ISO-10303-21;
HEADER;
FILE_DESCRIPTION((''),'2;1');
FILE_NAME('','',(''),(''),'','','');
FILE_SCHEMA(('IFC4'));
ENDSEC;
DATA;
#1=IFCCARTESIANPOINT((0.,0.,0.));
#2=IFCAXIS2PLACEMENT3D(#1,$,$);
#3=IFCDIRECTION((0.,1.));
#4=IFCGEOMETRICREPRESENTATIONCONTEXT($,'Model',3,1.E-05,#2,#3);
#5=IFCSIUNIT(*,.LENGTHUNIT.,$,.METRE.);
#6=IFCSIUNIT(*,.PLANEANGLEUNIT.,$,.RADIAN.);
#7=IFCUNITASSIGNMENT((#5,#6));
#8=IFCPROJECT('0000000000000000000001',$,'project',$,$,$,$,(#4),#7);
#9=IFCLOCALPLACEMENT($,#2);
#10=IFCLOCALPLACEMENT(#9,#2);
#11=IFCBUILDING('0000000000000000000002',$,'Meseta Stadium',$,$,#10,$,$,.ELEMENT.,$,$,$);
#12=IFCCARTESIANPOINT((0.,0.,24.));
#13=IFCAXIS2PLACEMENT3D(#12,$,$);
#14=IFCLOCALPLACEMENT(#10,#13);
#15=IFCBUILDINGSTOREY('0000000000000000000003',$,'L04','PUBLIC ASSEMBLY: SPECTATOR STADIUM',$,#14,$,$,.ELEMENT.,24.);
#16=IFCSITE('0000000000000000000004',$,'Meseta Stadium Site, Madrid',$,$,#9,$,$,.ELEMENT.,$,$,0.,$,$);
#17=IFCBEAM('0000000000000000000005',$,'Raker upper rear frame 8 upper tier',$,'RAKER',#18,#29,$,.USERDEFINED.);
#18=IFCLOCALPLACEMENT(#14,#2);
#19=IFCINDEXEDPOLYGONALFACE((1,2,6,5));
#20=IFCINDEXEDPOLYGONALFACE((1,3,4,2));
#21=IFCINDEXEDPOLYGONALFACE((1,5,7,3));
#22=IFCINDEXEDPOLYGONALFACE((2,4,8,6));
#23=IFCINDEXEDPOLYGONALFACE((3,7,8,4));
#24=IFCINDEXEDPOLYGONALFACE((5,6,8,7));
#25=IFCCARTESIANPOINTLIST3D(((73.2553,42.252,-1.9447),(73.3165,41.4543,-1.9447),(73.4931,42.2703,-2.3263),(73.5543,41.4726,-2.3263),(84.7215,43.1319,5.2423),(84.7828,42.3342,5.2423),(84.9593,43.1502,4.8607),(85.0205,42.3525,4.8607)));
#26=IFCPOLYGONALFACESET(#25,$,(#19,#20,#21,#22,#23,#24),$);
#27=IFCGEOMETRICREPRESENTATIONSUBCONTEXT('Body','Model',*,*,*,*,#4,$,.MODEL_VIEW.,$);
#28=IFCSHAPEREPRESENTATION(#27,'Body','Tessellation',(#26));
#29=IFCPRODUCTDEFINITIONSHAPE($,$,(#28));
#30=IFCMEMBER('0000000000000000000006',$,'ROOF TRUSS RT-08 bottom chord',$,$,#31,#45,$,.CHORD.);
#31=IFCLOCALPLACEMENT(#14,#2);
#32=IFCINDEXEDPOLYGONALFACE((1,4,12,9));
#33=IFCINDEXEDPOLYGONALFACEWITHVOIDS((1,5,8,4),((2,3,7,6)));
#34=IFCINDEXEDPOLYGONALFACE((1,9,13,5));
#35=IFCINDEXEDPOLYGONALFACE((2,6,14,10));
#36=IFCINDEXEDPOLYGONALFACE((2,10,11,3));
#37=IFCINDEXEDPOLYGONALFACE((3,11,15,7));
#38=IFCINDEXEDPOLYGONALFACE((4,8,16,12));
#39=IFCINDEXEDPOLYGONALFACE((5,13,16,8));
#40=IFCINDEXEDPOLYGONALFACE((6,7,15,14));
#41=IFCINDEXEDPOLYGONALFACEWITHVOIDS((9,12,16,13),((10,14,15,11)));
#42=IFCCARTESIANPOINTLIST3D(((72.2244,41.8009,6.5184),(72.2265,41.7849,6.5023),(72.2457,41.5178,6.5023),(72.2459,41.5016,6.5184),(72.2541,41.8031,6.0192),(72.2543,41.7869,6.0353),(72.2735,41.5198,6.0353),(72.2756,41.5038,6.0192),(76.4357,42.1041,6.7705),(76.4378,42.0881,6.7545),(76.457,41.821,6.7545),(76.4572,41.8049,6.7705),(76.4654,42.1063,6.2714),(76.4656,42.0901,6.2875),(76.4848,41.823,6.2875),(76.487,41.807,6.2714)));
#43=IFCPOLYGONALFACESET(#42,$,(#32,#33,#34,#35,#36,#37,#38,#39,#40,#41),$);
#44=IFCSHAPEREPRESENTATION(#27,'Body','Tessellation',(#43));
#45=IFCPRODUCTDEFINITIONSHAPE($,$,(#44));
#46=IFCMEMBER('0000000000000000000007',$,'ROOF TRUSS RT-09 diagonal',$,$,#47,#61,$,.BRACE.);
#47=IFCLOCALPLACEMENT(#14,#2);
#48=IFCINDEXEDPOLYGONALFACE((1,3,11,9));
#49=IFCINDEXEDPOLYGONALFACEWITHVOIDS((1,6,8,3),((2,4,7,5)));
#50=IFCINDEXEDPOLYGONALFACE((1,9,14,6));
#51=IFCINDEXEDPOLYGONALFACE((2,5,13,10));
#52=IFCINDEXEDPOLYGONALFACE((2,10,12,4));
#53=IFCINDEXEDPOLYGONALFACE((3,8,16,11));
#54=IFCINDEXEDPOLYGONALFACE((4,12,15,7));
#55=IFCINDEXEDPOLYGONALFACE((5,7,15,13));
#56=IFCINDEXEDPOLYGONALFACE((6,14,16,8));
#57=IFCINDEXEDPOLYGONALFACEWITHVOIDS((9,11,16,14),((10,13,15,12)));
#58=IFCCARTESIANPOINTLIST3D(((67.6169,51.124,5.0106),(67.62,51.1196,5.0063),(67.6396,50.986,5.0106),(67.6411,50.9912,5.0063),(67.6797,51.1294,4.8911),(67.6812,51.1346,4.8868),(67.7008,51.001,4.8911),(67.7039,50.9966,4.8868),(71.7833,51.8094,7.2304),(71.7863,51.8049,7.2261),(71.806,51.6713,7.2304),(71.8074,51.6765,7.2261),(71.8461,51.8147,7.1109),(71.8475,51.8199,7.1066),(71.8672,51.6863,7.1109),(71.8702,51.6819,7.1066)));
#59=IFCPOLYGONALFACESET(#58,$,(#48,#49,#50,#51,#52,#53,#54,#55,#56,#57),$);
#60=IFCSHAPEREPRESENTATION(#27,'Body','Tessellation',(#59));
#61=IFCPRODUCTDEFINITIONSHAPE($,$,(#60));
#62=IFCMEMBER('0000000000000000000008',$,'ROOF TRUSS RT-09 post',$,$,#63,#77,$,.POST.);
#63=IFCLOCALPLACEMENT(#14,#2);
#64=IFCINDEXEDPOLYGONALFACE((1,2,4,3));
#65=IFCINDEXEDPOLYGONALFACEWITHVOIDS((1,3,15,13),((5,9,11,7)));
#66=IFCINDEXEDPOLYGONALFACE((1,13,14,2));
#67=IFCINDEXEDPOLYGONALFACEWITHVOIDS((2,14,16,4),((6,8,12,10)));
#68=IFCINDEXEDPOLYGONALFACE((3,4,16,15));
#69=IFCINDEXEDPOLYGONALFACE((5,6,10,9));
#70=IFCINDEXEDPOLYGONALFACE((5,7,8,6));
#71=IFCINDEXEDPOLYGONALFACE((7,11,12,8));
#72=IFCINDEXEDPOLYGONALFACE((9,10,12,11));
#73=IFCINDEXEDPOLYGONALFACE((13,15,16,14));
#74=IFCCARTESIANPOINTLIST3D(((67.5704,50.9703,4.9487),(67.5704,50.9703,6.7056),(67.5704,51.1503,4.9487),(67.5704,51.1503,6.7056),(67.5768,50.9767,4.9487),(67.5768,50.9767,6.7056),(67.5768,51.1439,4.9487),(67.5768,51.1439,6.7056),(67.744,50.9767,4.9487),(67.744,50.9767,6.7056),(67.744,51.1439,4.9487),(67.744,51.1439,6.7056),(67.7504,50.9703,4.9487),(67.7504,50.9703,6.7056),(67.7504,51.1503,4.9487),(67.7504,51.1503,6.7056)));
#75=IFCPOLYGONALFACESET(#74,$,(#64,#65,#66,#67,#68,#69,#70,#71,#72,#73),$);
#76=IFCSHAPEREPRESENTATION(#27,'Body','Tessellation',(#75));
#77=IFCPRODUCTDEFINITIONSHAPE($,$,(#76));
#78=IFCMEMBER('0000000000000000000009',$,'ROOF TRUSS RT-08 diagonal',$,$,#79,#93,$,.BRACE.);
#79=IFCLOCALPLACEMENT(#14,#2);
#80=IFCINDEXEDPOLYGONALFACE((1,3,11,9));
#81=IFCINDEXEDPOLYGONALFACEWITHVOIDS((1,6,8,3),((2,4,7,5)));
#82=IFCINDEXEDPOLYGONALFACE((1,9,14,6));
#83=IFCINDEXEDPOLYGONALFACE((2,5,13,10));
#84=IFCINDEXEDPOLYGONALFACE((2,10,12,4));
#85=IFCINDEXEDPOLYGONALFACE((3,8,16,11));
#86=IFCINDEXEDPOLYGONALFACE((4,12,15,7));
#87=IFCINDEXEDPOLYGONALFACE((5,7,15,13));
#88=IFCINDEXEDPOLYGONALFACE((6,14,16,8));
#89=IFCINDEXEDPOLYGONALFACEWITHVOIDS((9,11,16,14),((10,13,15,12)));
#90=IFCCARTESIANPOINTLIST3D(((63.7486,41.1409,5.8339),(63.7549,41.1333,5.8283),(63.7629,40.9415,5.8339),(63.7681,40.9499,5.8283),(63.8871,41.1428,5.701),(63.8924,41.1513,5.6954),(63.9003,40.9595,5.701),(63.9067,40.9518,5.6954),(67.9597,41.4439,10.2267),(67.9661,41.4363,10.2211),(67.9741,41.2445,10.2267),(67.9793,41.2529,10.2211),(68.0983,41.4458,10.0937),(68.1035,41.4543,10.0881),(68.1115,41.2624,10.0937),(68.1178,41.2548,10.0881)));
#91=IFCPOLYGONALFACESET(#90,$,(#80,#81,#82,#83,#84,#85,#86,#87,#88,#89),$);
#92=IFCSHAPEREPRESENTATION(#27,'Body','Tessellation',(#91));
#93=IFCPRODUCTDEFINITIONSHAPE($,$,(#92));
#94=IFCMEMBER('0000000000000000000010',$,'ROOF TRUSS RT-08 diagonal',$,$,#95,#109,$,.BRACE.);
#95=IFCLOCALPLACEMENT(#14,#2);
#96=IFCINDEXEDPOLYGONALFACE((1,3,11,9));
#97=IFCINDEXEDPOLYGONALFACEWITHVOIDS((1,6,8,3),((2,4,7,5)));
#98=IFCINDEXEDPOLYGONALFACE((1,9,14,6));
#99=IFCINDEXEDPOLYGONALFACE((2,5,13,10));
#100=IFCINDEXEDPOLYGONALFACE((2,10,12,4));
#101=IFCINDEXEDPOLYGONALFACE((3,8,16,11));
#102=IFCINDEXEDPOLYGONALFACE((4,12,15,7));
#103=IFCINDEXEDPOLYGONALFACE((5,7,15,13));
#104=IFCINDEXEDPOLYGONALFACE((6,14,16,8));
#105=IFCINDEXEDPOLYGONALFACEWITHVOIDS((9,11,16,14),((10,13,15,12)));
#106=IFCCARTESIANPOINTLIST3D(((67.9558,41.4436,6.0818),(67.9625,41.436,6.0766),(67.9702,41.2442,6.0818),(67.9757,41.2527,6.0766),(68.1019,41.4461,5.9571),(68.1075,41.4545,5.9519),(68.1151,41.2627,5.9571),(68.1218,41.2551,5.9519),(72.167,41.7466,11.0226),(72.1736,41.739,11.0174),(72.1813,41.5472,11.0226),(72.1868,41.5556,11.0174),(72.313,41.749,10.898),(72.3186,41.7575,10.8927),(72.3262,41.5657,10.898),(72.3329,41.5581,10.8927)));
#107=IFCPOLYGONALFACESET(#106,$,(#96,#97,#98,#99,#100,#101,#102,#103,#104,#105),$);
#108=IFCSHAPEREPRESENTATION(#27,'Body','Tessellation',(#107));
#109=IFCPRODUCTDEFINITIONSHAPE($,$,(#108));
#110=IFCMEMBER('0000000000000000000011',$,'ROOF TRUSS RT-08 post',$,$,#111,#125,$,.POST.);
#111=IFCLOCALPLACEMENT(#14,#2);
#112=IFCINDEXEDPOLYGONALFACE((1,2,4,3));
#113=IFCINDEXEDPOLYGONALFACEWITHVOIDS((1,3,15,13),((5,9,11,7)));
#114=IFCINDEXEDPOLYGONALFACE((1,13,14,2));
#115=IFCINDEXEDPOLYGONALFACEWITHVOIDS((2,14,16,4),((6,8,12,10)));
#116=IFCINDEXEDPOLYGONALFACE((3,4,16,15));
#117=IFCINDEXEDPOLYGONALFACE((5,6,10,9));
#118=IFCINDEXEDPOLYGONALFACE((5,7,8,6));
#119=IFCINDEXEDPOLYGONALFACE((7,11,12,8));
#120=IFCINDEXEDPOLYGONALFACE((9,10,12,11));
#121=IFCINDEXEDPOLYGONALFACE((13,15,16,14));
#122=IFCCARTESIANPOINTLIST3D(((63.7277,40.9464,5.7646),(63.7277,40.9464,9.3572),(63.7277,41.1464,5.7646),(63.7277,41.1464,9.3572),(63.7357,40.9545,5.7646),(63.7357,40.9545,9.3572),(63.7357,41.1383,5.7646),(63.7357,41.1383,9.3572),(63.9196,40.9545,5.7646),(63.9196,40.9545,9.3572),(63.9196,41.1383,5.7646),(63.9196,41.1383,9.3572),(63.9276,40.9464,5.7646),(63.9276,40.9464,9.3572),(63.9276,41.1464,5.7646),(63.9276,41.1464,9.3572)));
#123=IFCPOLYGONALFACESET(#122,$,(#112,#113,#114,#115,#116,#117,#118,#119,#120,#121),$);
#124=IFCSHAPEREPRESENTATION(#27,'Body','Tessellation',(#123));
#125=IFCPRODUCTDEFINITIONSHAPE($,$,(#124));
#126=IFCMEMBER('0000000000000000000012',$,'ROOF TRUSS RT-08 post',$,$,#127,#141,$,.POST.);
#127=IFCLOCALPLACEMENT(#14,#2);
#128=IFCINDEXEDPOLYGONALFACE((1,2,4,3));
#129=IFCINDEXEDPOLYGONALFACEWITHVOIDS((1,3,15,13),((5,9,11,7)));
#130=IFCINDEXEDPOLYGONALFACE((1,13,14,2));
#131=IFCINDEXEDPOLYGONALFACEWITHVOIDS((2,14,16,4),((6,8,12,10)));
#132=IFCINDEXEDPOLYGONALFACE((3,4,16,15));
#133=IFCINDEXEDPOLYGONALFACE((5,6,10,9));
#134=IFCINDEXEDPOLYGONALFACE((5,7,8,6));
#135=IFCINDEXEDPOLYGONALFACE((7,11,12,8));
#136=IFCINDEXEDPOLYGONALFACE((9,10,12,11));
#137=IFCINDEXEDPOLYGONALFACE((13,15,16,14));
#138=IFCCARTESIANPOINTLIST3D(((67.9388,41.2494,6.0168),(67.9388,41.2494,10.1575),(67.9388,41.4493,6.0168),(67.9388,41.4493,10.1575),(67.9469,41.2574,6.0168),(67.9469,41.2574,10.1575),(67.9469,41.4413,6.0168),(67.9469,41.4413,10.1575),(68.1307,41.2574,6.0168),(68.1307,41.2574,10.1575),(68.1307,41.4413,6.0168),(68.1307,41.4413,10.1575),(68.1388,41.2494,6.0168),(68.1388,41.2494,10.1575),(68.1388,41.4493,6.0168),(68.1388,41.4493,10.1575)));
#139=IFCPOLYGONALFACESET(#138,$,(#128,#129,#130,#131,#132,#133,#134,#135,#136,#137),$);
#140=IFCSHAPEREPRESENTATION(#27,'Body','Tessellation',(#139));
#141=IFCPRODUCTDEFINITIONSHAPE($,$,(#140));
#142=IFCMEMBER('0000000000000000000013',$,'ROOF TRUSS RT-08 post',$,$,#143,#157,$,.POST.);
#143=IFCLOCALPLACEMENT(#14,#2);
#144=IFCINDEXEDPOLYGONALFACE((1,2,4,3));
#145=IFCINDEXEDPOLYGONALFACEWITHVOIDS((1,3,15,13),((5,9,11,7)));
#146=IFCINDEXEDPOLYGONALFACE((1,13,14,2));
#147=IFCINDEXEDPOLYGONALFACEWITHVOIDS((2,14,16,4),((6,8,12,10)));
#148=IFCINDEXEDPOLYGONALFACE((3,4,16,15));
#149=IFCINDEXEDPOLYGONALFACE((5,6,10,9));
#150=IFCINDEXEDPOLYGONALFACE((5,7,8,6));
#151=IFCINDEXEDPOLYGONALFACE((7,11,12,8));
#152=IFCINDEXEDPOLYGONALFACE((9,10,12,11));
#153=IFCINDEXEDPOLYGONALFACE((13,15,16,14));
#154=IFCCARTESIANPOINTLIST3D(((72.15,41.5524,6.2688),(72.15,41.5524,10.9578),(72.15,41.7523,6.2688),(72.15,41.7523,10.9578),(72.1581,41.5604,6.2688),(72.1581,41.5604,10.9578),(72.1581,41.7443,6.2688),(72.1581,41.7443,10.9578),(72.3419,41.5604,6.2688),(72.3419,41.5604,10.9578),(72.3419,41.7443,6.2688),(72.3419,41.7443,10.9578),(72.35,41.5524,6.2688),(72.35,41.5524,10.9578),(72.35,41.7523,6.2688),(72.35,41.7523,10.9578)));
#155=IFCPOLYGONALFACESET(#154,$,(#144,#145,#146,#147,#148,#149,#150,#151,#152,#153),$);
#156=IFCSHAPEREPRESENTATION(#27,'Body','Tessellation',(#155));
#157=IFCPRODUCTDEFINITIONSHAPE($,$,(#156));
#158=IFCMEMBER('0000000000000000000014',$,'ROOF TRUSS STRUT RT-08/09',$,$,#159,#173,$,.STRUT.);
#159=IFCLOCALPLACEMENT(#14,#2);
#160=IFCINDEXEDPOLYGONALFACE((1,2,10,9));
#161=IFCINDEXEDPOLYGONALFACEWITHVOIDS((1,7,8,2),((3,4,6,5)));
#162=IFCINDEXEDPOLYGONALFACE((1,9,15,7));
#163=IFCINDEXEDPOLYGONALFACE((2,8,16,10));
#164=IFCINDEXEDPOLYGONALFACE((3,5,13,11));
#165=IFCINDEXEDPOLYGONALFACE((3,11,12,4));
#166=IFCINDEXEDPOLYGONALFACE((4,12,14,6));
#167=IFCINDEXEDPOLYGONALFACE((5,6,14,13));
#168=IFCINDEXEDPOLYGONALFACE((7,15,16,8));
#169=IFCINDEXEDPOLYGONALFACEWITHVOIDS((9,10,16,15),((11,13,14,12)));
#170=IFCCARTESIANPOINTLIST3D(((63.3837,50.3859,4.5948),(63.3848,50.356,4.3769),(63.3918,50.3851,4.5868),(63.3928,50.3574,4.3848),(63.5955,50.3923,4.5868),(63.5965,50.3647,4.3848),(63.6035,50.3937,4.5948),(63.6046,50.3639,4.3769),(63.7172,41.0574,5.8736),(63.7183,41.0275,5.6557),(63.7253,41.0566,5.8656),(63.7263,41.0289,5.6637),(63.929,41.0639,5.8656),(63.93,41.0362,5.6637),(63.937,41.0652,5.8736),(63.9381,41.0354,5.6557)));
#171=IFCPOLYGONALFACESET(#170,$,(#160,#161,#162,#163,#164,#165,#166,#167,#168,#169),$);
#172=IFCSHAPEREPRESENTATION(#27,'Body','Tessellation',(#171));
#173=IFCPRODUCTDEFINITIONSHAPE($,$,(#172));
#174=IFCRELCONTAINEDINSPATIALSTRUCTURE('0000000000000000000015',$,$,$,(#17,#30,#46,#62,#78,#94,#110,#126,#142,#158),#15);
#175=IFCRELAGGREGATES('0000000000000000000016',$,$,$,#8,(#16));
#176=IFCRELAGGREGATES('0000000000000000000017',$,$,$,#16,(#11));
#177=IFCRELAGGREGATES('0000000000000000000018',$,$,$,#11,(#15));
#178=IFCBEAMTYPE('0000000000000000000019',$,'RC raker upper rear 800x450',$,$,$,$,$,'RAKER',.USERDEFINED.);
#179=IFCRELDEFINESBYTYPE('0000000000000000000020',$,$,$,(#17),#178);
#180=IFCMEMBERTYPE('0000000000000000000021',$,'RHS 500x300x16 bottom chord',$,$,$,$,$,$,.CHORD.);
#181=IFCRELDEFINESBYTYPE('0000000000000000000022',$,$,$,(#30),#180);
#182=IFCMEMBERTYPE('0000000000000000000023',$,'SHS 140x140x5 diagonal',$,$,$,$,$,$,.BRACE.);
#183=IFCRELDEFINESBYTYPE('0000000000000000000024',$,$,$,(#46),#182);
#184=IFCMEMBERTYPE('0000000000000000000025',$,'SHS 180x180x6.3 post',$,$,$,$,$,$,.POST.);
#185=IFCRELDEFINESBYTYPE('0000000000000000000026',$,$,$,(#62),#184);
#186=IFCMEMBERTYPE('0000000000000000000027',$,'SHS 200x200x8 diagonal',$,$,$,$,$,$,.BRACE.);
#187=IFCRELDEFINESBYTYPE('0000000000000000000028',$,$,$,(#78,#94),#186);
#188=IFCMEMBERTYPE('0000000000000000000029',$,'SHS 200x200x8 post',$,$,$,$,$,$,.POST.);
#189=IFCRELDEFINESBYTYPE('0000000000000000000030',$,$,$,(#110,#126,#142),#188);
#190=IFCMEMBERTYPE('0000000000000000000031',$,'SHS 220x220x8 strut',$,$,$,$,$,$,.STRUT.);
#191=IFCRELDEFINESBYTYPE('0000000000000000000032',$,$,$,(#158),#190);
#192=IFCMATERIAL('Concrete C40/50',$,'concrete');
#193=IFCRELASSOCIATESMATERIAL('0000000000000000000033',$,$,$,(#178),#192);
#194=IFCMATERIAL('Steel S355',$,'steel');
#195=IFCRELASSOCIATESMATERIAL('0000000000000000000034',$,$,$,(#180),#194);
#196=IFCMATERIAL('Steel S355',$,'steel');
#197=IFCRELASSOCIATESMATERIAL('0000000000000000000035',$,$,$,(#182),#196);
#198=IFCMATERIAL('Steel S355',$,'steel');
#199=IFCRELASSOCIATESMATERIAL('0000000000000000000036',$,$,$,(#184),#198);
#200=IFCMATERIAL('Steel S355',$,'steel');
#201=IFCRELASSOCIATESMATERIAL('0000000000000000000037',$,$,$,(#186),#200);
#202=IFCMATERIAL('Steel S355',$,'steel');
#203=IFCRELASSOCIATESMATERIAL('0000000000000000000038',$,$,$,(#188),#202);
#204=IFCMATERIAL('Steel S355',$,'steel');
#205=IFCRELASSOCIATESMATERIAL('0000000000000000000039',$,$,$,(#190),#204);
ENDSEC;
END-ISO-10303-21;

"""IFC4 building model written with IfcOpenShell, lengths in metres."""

from ifc_helpers import new_model, si_unit, direction, frame, origin, origin_2d, place, context, subcontext, project, spatial, rectangle, hollow_rectangle, extrude, material, material_profile, profile_set, type_object, element, save


model = new_model("IFC4")

# Units and contexts
model_context = context("Model", 3, precision=1e-05, world=origin(), true_north=direction((0.0, 1.0)))
body_context = subcontext(model_context, "Body", "Model", "MODEL_VIEW")
ifc_project = project(units=[si_unit("LENGTHUNIT", "METRE"), si_unit("PLANEANGLEUNIT", "RADIAN")], contexts=[model_context])

# Site, building, storey
site_placement = place(None, origin())
site = spatial("IfcSite", under=ifc_project, at=site_placement, Name="Meseta Stadium Site, Madrid", CompositionType="ELEMENT", RefElevation=0.0)
building_placement = place(site_placement, origin())
building = spatial("IfcBuilding", under=site, at=building_placement, Name="Meseta Stadium", CompositionType="ELEMENT")
storey_placement = place(building_placement, frame((0.0, 0.0, 24.0)))
storey = spatial("IfcBuildingStorey", under=building, at=storey_placement, Name="L04", Description="PUBLIC ASSEMBLY: SPECTATOR STADIUM", CompositionType="ELEMENT", Elevation=24.0)

# Beam
ifc_material_1 = material(Name="Concrete C40/50", Category="concrete")
ifc_material_profile_1 = material_profile(ifc_material_1, rectangle(XDim=0.8, YDim=0.45, at=origin_2d()), Name="RC 800x450")
ifc_profile_set_1 = profile_set([ifc_material_profile_1], Name="Concrete C40/50")
beam_type = type_object("IfcBeamType", Name="RC raker upper rear 800x450", ElementType="RAKER", PredefinedType="USERDEFINED", material=ifc_profile_set_1)
beam_placement = place(storey_placement, frame((73.4048, 41.8623, -2.1355), z_axis=(0.845529, 0.064883, 0.529972), x_axis=(-0.076511, 0.997069, 0.0)))
element("IfcBeam", 1, at=beam_placement, inside=storey, type_object=beam_type, Name="Raker upper rear frame 8 upper tier", ObjectType="RAKER", PredefinedType="USERDEFINED", context=body_context, shape_type="SweptSolid", body=[
    extrude(rectangle(XDim=0.8, YDim=0.45, at=origin_2d()), origin(), (0.0, 0.0, 1.0), 13.561),
])

# Members
ifc_material_2 = material(Name="Steel S355", Category="steel")
ifc_material_profile_2 = material_profile(ifc_material_2, hollow_rectangle(XDim=0.3, YDim=0.5, WallThickness=0.0161, at=origin_2d()), Name="RHS 500x300x16")
ifc_profile_set_2 = profile_set([ifc_material_profile_2], Name="Steel S355")
member_type_1 = type_object("IfcMemberType", Name="RHS 500x300x16 bottom chord", PredefinedType="CHORD", material=ifc_profile_set_2)
member_1_placement = place(storey_placement, frame((72.25, 41.6523, 6.2688), z_axis=(0.995644, 0.071686, 0.059623), x_axis=(-0.071814, 0.997418, 0.0)))
element("IfcMember", 2, at=member_1_placement, inside=storey, type_object=member_type_1, Name="ROOF TRUSS RT-08 bottom chord", PredefinedType="CHORD", context=body_context, shape_type="SweptSolid", body=[
    extrude(hollow_rectangle(XDim=0.3, YDim=0.5, WallThickness=0.0161, at=origin_2d()), origin(), (0.0, 0.0, 1.0), 4.2297),
])
ifc_material_3 = material(Name="Steel S355", Category="steel")
ifc_material_profile_3 = material_profile(ifc_material_3, hollow_rectangle(XDim=0.1399, YDim=0.1399, WallThickness=0.0049, at=origin_2d()), Name="SHS 140x140x5")
ifc_profile_set_3 = profile_set([ifc_material_profile_3], Name="Steel S355")
member_type_2 = type_object("IfcMemberType", Name="SHS 140x140x5 diagonal", PredefinedType="BRACE", material=ifc_profile_set_3)
member_2_placement = place(storey_placement, frame((67.6604, 51.0603, 4.9487), z_axis=(0.873398, 0.143664, 0.465335), x_axis=(-0.162308, 0.98674, 0.0)))
element("IfcMember", 3, at=member_2_placement, inside=storey, type_object=member_type_2, Name="ROOF TRUSS RT-09 diagonal", PredefinedType="BRACE", context=body_context, shape_type="SweptSolid", body=[
    extrude(hollow_rectangle(XDim=0.1399, YDim=0.1399, WallThickness=0.0049, at=origin_2d()), origin(), (0.0, 0.0, 1.0), 4.7703),
])
ifc_material_4 = material(Name="Steel S355", Category="steel")
ifc_material_profile_4 = material_profile(ifc_material_4, hollow_rectangle(XDim=0.1799, YDim=0.1799, WallThickness=0.0063, at=origin_2d()), Name="SHS 180x180x6.3")
ifc_profile_set_4 = profile_set([ifc_material_profile_4], Name="Steel S355")
member_type_3 = type_object("IfcMemberType", Name="SHS 180x180x6.3 post", PredefinedType="POST", material=ifc_profile_set_4)
member_3_placement = place(storey_placement, frame((67.6604, 51.0603, 4.9487), z_axis=(0.0, 0.0, 1.0), x_axis=(1.0, 0.0, 0.0)))
element("IfcMember", 4, at=member_3_placement, inside=storey, type_object=member_type_3, Name="ROOF TRUSS RT-09 post", PredefinedType="POST", context=body_context, shape_type="SweptSolid", body=[
    extrude(hollow_rectangle(XDim=0.1799, YDim=0.1799, WallThickness=0.0063, at=origin_2d()), origin(), (0.0, 0.0, 1.0), 1.7568),
])
ifc_material_5 = material(Name="Steel S355", Category="steel")
ifc_material_profile_5 = material_profile(ifc_material_5, hollow_rectangle(XDim=0.2, YDim=0.2, WallThickness=0.0081, at=origin_2d()), Name="SHS 200x200x8")
ifc_profile_set_5 = profile_set([ifc_material_profile_5], Name="Steel S355")
member_type_4 = type_object("IfcMemberType", Name="SHS 200x200x8 diagonal", PredefinedType="BRACE", material=ifc_profile_set_5)
member_4_placement = place(storey_placement, frame((63.8276, 41.0464, 5.7646), z_axis=(0.691169, 0.049727, 0.720981), x_axis=(-0.071761, 0.997422, 0.0)))
element("IfcMember", 5, at=member_4_placement, inside=storey, type_object=member_type_4, Name="ROOF TRUSS RT-08 diagonal", PredefinedType="BRACE", context=body_context, shape_type="SweptSolid", body=[
    extrude(hollow_rectangle(XDim=0.2, YDim=0.2, WallThickness=0.0081, at=origin_2d()), origin(), (0.0, 0.0, 1.0), 6.0928),
])
member_5_placement = place(storey_placement, frame((68.0388, 41.3494, 6.0168), z_axis=(0.647962, 0.046618, 0.760245), x_axis=(-0.071761, 0.997422, 0.0)))
element("IfcMember", 6, at=member_5_placement, inside=storey, type_object=member_type_4, Name="ROOF TRUSS RT-08 diagonal", PredefinedType="BRACE", context=body_context, shape_type="SweptSolid", body=[
    extrude(hollow_rectangle(XDim=0.2, YDim=0.2, WallThickness=0.0081, at=origin_2d()), origin(), (0.0, 0.0, 1.0), 6.499),
])
ifc_material_6 = material(Name="Steel S355", Category="steel")
ifc_material_profile_6 = material_profile(ifc_material_6, hollow_rectangle(XDim=0.2, YDim=0.2, WallThickness=0.0081, at=origin_2d()), Name="SHS 200x200x8")
ifc_profile_set_6 = profile_set([ifc_material_profile_6], Name="Steel S355")
member_type_5 = type_object("IfcMemberType", Name="SHS 200x200x8 post", PredefinedType="POST", material=ifc_profile_set_6)
member_6_placement = place(storey_placement, frame((63.8276, 41.0464, 5.7646), z_axis=(0.0, 0.0, 1.0), x_axis=(1.0, 0.0, 0.0)))
element("IfcMember", 7, at=member_6_placement, inside=storey, type_object=member_type_5, Name="ROOF TRUSS RT-08 post", PredefinedType="POST", context=body_context, shape_type="SweptSolid", body=[
    extrude(hollow_rectangle(XDim=0.2, YDim=0.2, WallThickness=0.0081, at=origin_2d()), origin(), (0.0, 0.0, 1.0), 3.5925),
])
member_7_placement = place(storey_placement, frame((68.0388, 41.3494, 6.0168), z_axis=(0.0, 0.0, 1.0), x_axis=(1.0, 0.0, 0.0)))
element("IfcMember", 8, at=member_7_placement, inside=storey, type_object=member_type_5, Name="ROOF TRUSS RT-08 post", PredefinedType="POST", context=body_context, shape_type="SweptSolid", body=[
    extrude(hollow_rectangle(XDim=0.2, YDim=0.2, WallThickness=0.0081, at=origin_2d()), origin(), (0.0, 0.0, 1.0), 4.1406),
])
member_8_placement = place(storey_placement, frame((72.25, 41.6523, 6.2688), z_axis=(0.0, 0.0, 1.0), x_axis=(1.0, 0.0, 0.0)))
element("IfcMember", 9, at=member_8_placement, inside=storey, type_object=member_type_5, Name="ROOF TRUSS RT-08 post", PredefinedType="POST", context=body_context, shape_type="SweptSolid", body=[
    extrude(hollow_rectangle(XDim=0.2, YDim=0.2, WallThickness=0.0081, at=origin_2d()), origin(), (0.0, 0.0, 1.0), 4.689),
])
ifc_material_7 = material(Name="Steel S355", Category="steel")
ifc_material_profile_7 = material_profile(ifc_material_7, hollow_rectangle(XDim=0.22, YDim=0.22, WallThickness=0.0081, at=origin_2d()), Name="SHS 220x220x8")
ifc_profile_set_7 = profile_set([ifc_material_profile_7], Name="Steel S355")
member_type_6 = type_object("IfcMemberType", Name="SHS 220x220x8 strut", PredefinedType="STRUT", material=ifc_profile_set_7)
member_9_placement = place(storey_placement, frame((63.8276, 41.0464, 5.7646), z_axis=(-0.035397, 0.990113, -0.135733), x_axis=(-0.999362, -0.035728, 0.0)))
element("IfcMember", 10, at=member_9_placement, inside=storey, type_object=member_type_6, Name="ROOF TRUSS STRUT RT-08/09", PredefinedType="STRUT", context=body_context, shape_type="SweptSolid", body=[
    extrude(hollow_rectangle(XDim=0.22, YDim=0.22, WallThickness=0.0081, at=origin_2d()), origin(), (0.0, 0.0, 1.0), 9.4216),
])

save(model, "model.ifc")
